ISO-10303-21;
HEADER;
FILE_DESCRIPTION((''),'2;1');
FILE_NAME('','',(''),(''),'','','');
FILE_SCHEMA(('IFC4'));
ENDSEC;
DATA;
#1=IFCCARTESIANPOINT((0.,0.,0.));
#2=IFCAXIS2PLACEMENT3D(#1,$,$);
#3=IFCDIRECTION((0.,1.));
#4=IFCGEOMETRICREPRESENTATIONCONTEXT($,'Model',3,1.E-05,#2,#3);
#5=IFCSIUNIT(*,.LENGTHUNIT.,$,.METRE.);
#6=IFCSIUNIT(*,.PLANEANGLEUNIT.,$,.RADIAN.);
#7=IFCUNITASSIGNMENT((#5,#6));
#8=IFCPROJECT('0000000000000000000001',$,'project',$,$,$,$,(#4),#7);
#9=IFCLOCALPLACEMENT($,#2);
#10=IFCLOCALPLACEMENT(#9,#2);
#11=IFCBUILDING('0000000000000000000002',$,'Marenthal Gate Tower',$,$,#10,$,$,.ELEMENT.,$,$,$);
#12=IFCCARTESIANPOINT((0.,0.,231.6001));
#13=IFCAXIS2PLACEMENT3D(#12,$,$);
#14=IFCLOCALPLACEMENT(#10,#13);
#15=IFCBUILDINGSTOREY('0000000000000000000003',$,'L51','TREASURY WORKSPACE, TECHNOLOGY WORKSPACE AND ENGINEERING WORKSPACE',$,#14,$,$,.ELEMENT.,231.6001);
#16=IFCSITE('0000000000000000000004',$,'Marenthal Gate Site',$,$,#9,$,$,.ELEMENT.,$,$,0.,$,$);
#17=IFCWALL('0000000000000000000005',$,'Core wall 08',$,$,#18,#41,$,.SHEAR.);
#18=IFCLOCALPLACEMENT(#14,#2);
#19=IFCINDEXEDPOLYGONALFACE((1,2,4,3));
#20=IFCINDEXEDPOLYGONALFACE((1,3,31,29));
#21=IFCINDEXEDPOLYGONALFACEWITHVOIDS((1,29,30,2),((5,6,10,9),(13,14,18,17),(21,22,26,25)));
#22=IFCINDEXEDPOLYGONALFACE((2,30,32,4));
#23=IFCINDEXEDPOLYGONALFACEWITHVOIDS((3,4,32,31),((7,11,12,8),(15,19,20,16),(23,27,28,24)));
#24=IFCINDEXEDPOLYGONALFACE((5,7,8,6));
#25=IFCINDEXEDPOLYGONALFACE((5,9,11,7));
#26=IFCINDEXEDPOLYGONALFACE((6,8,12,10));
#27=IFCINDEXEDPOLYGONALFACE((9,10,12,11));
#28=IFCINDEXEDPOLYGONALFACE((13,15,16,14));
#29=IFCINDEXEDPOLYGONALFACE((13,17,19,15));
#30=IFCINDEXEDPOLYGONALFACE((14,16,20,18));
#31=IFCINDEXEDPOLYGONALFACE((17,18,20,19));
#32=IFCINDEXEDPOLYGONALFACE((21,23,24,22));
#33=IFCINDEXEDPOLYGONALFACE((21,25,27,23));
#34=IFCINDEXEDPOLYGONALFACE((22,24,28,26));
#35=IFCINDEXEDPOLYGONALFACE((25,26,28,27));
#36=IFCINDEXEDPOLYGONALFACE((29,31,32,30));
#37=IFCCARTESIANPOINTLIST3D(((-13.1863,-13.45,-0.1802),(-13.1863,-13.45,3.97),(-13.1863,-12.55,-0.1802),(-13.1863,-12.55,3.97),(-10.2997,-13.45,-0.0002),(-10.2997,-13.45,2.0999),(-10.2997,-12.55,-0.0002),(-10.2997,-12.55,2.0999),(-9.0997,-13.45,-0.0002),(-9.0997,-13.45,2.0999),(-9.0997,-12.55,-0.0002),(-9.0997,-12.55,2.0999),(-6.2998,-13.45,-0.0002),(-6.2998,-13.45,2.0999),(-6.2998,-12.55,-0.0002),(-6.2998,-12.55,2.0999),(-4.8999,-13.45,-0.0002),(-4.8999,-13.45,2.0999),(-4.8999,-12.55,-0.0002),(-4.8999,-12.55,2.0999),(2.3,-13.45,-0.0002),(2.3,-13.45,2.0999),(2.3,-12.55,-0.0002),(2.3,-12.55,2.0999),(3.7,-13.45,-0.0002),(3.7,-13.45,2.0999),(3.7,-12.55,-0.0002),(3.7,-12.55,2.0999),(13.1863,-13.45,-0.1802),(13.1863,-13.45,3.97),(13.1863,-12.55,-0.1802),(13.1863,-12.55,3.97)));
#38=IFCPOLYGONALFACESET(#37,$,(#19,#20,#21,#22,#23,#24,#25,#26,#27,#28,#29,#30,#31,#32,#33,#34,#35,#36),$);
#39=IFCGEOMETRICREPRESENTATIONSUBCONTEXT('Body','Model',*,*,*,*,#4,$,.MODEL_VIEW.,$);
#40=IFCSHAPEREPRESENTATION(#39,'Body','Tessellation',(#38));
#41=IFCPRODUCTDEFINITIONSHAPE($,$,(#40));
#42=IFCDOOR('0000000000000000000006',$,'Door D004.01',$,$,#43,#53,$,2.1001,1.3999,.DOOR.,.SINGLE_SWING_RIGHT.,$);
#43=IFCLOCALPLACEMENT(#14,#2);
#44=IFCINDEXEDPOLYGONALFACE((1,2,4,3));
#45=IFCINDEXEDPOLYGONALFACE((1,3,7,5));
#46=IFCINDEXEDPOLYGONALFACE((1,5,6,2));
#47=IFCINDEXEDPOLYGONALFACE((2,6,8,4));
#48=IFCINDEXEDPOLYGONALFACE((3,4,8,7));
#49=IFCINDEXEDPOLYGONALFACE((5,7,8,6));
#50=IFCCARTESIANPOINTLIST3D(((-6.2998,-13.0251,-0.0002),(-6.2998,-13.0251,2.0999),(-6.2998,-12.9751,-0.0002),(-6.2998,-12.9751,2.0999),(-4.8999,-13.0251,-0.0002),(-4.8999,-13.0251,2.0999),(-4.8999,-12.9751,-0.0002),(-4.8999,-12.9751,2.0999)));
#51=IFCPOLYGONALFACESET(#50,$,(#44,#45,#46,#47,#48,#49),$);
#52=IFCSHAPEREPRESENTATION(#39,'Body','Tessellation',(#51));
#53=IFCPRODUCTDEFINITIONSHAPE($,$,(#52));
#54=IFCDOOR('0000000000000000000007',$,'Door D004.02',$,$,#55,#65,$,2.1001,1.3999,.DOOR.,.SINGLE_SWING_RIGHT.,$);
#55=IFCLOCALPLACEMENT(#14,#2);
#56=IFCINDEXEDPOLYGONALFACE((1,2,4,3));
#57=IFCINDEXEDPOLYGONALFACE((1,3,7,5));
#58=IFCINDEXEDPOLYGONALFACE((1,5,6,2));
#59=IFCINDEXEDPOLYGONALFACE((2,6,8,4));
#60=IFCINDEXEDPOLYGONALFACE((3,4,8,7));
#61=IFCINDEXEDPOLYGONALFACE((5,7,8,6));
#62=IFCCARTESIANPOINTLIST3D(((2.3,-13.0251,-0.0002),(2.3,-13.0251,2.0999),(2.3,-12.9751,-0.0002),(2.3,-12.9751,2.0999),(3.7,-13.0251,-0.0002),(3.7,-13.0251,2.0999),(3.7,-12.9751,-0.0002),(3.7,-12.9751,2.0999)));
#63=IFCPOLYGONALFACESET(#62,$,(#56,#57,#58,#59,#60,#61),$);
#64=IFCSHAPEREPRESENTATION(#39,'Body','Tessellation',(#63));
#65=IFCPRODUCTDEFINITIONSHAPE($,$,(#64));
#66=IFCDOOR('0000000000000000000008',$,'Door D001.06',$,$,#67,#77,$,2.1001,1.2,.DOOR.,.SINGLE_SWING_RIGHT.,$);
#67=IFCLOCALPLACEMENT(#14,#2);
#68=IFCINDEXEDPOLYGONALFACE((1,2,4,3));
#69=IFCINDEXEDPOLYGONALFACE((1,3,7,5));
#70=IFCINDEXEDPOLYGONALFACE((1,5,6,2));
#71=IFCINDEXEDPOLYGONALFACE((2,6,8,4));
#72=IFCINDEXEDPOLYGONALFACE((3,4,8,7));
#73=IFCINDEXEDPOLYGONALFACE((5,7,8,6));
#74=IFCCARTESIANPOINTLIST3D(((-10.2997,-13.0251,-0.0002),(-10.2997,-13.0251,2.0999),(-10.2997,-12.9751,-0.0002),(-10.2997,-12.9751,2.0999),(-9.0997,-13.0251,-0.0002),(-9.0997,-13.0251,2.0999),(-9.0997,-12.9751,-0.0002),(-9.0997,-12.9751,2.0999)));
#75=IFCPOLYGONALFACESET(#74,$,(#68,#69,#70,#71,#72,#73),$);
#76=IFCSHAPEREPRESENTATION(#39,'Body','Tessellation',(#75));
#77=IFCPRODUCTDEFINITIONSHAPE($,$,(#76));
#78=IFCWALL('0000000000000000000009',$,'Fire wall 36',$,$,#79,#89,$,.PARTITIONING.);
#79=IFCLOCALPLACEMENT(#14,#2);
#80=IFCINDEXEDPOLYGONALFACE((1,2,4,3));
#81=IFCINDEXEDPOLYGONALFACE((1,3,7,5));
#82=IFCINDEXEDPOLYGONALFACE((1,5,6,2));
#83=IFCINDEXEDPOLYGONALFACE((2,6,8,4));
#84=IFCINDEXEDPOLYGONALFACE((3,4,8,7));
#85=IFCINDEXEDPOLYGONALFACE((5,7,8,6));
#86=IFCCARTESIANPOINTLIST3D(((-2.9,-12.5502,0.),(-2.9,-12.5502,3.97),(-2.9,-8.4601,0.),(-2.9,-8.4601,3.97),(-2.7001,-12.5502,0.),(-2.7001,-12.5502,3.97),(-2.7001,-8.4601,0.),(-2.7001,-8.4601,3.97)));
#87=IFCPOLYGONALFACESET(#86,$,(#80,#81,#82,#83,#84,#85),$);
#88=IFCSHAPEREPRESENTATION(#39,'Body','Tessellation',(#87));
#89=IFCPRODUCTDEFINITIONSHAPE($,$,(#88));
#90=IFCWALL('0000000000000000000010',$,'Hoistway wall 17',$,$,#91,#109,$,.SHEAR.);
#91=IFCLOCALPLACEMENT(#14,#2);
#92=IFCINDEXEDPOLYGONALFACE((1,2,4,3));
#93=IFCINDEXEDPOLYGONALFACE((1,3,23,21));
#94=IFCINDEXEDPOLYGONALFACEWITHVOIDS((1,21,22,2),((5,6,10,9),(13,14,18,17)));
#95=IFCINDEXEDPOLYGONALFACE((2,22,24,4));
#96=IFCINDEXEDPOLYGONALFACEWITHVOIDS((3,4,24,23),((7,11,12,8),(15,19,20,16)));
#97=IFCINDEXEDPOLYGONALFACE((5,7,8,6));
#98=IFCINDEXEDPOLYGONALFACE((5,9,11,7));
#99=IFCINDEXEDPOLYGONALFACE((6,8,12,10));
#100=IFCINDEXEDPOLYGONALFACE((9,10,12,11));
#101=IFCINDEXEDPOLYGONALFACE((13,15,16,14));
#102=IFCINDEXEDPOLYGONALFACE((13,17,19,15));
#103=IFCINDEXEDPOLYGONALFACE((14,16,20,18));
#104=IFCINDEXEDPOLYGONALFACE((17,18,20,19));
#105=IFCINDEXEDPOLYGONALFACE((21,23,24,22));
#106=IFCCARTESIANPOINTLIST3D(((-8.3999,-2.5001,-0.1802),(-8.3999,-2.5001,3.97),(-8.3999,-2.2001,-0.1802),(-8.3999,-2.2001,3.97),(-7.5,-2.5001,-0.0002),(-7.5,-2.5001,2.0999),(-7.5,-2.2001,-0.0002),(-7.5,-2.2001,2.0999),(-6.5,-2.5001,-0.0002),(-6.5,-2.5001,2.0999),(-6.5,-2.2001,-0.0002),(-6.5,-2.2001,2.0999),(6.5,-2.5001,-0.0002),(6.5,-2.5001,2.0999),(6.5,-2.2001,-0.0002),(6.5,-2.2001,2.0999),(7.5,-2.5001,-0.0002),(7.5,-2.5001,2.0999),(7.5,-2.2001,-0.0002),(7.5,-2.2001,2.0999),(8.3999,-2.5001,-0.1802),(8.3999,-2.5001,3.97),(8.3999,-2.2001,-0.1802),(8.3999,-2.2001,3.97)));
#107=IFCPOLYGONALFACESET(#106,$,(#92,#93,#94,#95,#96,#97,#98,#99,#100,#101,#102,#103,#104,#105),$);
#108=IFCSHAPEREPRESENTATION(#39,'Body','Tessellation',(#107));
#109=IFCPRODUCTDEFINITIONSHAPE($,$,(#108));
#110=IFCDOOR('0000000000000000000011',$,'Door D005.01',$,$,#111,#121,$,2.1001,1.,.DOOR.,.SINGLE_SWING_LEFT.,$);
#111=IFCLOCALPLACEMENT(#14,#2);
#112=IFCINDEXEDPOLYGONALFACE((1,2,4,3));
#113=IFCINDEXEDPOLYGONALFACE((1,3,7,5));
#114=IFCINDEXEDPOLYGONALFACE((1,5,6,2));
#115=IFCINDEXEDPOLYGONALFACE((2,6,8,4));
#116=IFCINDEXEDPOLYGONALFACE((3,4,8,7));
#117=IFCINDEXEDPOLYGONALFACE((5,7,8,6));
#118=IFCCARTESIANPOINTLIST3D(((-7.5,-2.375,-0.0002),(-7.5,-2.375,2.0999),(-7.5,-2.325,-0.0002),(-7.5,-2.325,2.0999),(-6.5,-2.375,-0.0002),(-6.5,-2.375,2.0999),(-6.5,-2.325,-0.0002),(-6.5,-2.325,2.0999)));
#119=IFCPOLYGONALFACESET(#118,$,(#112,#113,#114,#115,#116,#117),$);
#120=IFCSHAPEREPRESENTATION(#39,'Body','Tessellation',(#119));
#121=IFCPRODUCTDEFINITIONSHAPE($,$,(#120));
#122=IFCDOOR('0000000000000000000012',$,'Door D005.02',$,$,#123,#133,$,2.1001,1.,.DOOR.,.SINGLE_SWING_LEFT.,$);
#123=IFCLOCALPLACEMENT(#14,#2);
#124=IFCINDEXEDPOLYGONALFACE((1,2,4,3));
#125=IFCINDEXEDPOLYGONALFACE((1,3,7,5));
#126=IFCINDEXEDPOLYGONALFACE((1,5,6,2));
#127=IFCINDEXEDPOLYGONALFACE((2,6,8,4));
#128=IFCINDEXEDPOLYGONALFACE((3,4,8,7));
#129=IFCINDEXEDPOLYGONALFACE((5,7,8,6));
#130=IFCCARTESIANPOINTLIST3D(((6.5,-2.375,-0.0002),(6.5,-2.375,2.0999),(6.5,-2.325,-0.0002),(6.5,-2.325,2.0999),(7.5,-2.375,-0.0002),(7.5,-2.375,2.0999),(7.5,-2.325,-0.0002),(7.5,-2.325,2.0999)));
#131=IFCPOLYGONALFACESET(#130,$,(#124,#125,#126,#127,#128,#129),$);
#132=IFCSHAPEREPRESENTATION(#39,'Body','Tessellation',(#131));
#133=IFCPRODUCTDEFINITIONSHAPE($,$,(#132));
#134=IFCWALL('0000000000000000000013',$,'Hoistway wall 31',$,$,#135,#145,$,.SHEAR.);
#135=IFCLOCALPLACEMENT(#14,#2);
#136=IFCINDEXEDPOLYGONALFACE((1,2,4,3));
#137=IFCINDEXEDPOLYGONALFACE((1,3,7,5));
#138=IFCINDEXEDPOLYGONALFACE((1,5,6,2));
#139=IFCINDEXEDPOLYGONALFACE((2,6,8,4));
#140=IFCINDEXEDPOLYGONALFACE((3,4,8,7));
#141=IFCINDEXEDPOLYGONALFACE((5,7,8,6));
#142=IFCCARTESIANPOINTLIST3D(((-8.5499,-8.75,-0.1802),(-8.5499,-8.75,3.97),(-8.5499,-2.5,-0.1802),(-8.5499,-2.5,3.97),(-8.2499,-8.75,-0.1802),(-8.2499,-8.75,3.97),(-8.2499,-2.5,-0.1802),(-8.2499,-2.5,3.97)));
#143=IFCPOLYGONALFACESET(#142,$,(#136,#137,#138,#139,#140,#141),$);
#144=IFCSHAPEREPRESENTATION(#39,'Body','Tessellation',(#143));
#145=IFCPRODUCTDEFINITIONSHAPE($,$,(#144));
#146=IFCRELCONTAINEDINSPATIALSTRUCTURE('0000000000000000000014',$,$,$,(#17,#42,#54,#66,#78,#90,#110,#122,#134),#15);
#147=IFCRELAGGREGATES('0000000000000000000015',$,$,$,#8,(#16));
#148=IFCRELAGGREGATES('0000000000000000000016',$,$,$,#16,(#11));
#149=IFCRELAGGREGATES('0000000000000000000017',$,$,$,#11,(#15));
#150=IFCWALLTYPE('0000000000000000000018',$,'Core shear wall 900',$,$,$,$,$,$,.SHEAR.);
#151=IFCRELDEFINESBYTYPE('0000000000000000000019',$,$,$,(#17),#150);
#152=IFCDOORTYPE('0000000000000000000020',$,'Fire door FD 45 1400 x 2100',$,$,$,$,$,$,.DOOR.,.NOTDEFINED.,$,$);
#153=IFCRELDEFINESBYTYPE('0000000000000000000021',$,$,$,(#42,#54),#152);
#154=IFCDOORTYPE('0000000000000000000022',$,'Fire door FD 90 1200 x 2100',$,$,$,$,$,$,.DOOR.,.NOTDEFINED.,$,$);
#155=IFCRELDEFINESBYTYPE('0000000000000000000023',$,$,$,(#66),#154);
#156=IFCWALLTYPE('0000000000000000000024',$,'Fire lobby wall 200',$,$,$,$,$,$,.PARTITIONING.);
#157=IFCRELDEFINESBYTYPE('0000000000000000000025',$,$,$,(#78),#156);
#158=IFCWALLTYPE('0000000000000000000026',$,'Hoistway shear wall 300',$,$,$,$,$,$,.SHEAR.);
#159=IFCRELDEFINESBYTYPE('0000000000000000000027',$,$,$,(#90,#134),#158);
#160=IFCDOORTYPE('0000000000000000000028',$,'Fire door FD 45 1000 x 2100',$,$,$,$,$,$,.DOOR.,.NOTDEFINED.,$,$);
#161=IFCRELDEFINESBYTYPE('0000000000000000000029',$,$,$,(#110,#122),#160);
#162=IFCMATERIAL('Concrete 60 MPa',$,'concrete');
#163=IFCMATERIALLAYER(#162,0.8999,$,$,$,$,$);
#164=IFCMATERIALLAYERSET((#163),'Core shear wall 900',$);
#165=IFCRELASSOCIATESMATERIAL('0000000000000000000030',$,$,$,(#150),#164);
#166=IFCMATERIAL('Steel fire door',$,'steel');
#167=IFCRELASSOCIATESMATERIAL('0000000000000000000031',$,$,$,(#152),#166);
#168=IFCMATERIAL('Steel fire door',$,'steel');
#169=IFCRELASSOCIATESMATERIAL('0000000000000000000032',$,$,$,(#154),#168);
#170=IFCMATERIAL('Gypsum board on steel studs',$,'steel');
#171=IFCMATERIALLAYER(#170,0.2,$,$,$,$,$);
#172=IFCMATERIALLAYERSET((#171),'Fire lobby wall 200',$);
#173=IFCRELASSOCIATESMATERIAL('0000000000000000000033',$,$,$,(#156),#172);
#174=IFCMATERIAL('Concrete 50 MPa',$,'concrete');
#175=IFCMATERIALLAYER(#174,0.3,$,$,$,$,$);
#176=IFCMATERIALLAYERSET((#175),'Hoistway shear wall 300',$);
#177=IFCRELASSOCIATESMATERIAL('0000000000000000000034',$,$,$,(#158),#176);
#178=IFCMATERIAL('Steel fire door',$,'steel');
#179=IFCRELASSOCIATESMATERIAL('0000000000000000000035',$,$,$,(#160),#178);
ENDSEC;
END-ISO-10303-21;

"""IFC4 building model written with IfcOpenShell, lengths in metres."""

from ifc_helpers import new_model, si_unit, direction, frame, frame_2d, origin, place, context, subcontext, project, spatial, rectangle, extrude, material, layer, layer_set, type_object, element, fill, save


model = new_model("IFC4")

# Units and contexts
model_context = context("Model", 3, precision=1e-05, world=origin(), true_north=direction((0.0, 1.0)))
body_context = subcontext(model_context, "Body", "Model", "MODEL_VIEW")
ifc_project = project(units=[si_unit("LENGTHUNIT", "METRE"), si_unit("PLANEANGLEUNIT", "RADIAN")], contexts=[model_context])

# Site, building, storey
site_placement = place(None, origin())
site = spatial("IfcSite", under=ifc_project, at=site_placement, Name="Marenthal Gate Site", CompositionType="ELEMENT", RefElevation=0.0)
building_placement = place(site_placement, origin())
building = spatial("IfcBuilding", under=site, at=building_placement, Name="Marenthal Gate Tower", CompositionType="ELEMENT")
storey_placement = place(building_placement, frame((0.0, 0.0, 231.6001)))
storey = spatial("IfcBuildingStorey", under=building, at=storey_placement, Name="L51", Description="TREASURY WORKSPACE, TECHNOLOGY WORKSPACE AND ENGINEERING WORKSPACE", CompositionType="ELEMENT", Elevation=231.6001)

# Wall, openings, doors
ifc_material_1 = material(Name="Concrete 60 MPa", Category="concrete")
ifc_layer_1 = layer(ifc_material_1, 0.8999)
ifc_layer_set_1 = layer_set([ifc_layer_1], Name="Core shear wall 900")
wall_type_1 = type_object("IfcWallType", Name="Core shear wall 900", PredefinedType="SHEAR", material=ifc_layer_set_1)
wall_1_placement = place(storey_placement, frame((-13.1863, -13.0, -0.1802), z_axis=(0.0, 0.0, 1.0), x_axis=(1.0, 0.0, 0.0)))
wall_1 = element("IfcWall", 1, at=wall_1_placement, inside=storey, type_object=wall_type_1, Name="Core wall 08", PredefinedType="SHEAR", context=body_context, shape_type="SweptSolid", body=[
    extrude(rectangle(XDim=26.3726, YDim=0.8999, at=frame_2d((13.1863, 0.0))), origin(), (0.0, 0.0, 1.0), 4.1501),
])
opening_1_placement = place(wall_1_placement, frame((2.8865, 0.0, 0.1799)))
opening_1 = element("IfcOpeningElement", 2, at=opening_1_placement, cuts=wall_1, PredefinedType="OPENING", context=body_context, shape_type="SweptSolid", body=[
    extrude(rectangle(XDim=1.2, YDim=2.1001, at=frame_2d((0.6001, 1.05))), frame((0.0, 0.46, 0.0), z_axis=(0.0, -1.0, 0.0), x_axis=(1.0, 0.0, 0.0)), (0.0, 0.0, 1.0), 0.9199),
])
opening_2_placement = place(wall_1_placement, frame((6.8865, 0.0, 0.1799)))
opening_2 = element("IfcOpeningElement", 3, at=opening_2_placement, cuts=wall_1, PredefinedType="OPENING", context=body_context, shape_type="SweptSolid", body=[
    extrude(rectangle(XDim=1.3999, YDim=2.1001, at=frame_2d((0.7, 1.05))), frame((0.0, 0.46, 0.0), z_axis=(0.0, -1.0, 0.0), x_axis=(1.0, 0.0, 0.0)), (0.0, 0.0, 1.0), 0.9199),
])
opening_3_placement = place(wall_1_placement, frame((15.4863, 0.0, 0.1799)))
opening_3 = element("IfcOpeningElement", 4, at=opening_3_placement, cuts=wall_1, PredefinedType="OPENING", context=body_context, shape_type="SweptSolid", body=[
    extrude(rectangle(XDim=1.3999, YDim=2.1001, at=frame_2d((0.7, 1.05))), frame((0.0, 0.46, 0.0), z_axis=(0.0, -1.0, 0.0), x_axis=(1.0, 0.0, 0.0)), (0.0, 0.0, 1.0), 0.9199),
])
ifc_material_2 = material(Name="Steel fire door", Category="steel")
door_type_1 = type_object("IfcDoorType", Name="Fire door FD 45 1400 x 2100", OperationType="NOTDEFINED", PredefinedType="DOOR", material=ifc_material_2)
door_1_placement = place(opening_2_placement, origin())
door_1 = element("IfcDoor", 5, at=door_1_placement, inside=storey, type_object=door_type_1, Name="Door D004.01", OperationType="SINGLE_SWING_RIGHT", OverallHeight=2.1001, OverallWidth=1.3999, PredefinedType="DOOR", context=body_context, shape_type="SweptSolid", body=[
    extrude(rectangle(XDim=1.3999, YDim=2.1001, at=frame_2d((0.7, 1.05))), frame((0.0, 0.0249, 0.0), z_axis=(0.0, -1.0, 0.0), x_axis=(1.0, 0.0, 0.0)), (0.0, 0.0, 1.0), 0.05),
])
fill(opening_2, door_1)
door_2_placement = place(opening_3_placement, origin())
door_2 = element("IfcDoor", 6, at=door_2_placement, inside=storey, type_object=door_type_1, Name="Door D004.02", OperationType="SINGLE_SWING_RIGHT", OverallHeight=2.1001, OverallWidth=1.3999, PredefinedType="DOOR", context=body_context, shape_type="SweptSolid", body=[
    extrude(rectangle(XDim=1.3999, YDim=2.1001, at=frame_2d((0.7, 1.05))), frame((0.0, 0.0249, 0.0), z_axis=(0.0, -1.0, 0.0), x_axis=(1.0, 0.0, 0.0)), (0.0, 0.0, 1.0), 0.05),
])
fill(opening_3, door_2)
ifc_material_3 = material(Name="Steel fire door", Category="steel")
door_type_2 = type_object("IfcDoorType", Name="Fire door FD 90 1200 x 2100", OperationType="NOTDEFINED", PredefinedType="DOOR", material=ifc_material_3)
door_3_placement = place(opening_1_placement, origin())
door_3 = element("IfcDoor", 7, at=door_3_placement, inside=storey, type_object=door_type_2, Name="Door D001.06", OperationType="SINGLE_SWING_RIGHT", OverallHeight=2.1001, OverallWidth=1.2, PredefinedType="DOOR", context=body_context, shape_type="SweptSolid", body=[
    extrude(rectangle(XDim=1.2, YDim=2.1001, at=frame_2d((0.6001, 1.05))), frame((0.0, 0.0249, 0.0), z_axis=(0.0, -1.0, 0.0), x_axis=(1.0, 0.0, 0.0)), (0.0, 0.0, 1.0), 0.05),
])
fill(opening_1, door_3)

# Wall
ifc_material_4 = material(Name="Gypsum board on steel studs", Category="steel")
ifc_layer_2 = layer(ifc_material_4, 0.2)
ifc_layer_set_2 = layer_set([ifc_layer_2], Name="Fire lobby wall 200")
wall_type_2 = type_object("IfcWallType", Name="Fire lobby wall 200", PredefinedType="PARTITIONING", material=ifc_layer_set_2)
wall_2_placement = place(storey_placement, frame((-2.8, -12.55, 0.0), z_axis=(0.0, 0.0, 1.0), x_axis=(0.0, 1.0, 0.0)))
element("IfcWall", 8, at=wall_2_placement, inside=storey, type_object=wall_type_2, Name="Fire wall 36", PredefinedType="PARTITIONING", context=body_context, shape_type="SweptSolid", body=[
    extrude(rectangle(XDim=4.0901, YDim=0.2, at=frame_2d((2.0449, 0.0))), origin(), (0.0, 0.0, 1.0), 3.97),
])

# Wall, openings, doors
ifc_material_5 = material(Name="Concrete 50 MPa", Category="concrete")
ifc_layer_3 = layer(ifc_material_5, 0.3)
ifc_layer_set_3 = layer_set([ifc_layer_3], Name="Hoistway shear wall 300")
wall_type_3 = type_object("IfcWallType", Name="Hoistway shear wall 300", PredefinedType="SHEAR", material=ifc_layer_set_3)
wall_3_placement = place(storey_placement, frame((-8.3999, -2.3501, -0.1802), z_axis=(0.0, 0.0, 1.0), x_axis=(1.0, 0.0, 0.0)))
wall_3 = element("IfcWall", 9, at=wall_3_placement, inside=storey, type_object=wall_type_3, Name="Hoistway wall 17", PredefinedType="SHEAR", context=body_context, shape_type="SweptSolid", body=[
    extrude(rectangle(XDim=16.7998, YDim=0.3, at=frame_2d((8.3999, 0.0))), origin(), (0.0, 0.0, 1.0), 4.1501),
])
opening_4_placement = place(wall_3_placement, frame((0.8999, 0.0, 0.1799)))
opening_4 = element("IfcOpeningElement", 10, at=opening_4_placement, cuts=wall_3, PredefinedType="OPENING", context=body_context, shape_type="SweptSolid", body=[
    extrude(rectangle(XDim=1.0, YDim=2.1001, at=frame_2d((0.5, 1.05))), frame((0.0, 0.1602, 0.0), z_axis=(0.0, -1.0, 0.0), x_axis=(1.0, 0.0, 0.0)), (0.0, 0.0, 1.0), 0.3201),
])
opening_5_placement = place(wall_3_placement, frame((14.8999, 0.0, 0.1799)))
opening_5 = element("IfcOpeningElement", 11, at=opening_5_placement, cuts=wall_3, PredefinedType="OPENING", context=body_context, shape_type="SweptSolid", body=[
    extrude(rectangle(XDim=1.0, YDim=2.1001, at=frame_2d((0.5, 1.05))), frame((0.0, 0.1602, 0.0), z_axis=(0.0, -1.0, 0.0), x_axis=(1.0, 0.0, 0.0)), (0.0, 0.0, 1.0), 0.3201),
])
ifc_material_6 = material(Name="Steel fire door", Category="steel")
door_type_3 = type_object("IfcDoorType", Name="Fire door FD 45 1000 x 2100", OperationType="NOTDEFINED", PredefinedType="DOOR", material=ifc_material_6)
door_4_placement = place(opening_4_placement, frame((1.0, 0.0, 0.0), z_axis=(0.0, 0.0, 1.0), x_axis=(-1.0, 0.0, 0.0)))
door_4 = element("IfcDoor", 12, at=door_4_placement, inside=storey, type_object=door_type_3, Name="Door D005.01", OperationType="SINGLE_SWING_LEFT", OverallHeight=2.1001, OverallWidth=1.0, PredefinedType="DOOR", context=body_context, shape_type="SweptSolid", body=[
    extrude(rectangle(XDim=1.0, YDim=2.1001, at=frame_2d((0.5, 1.05))), frame((0.0, 0.0249, 0.0), z_axis=(0.0, -1.0, 0.0), x_axis=(1.0, 0.0, 0.0)), (0.0, 0.0, 1.0), 0.05),
])
fill(opening_4, door_4)
door_5_placement = place(opening_5_placement, frame((1.0, 0.0, 0.0), z_axis=(0.0, 0.0, 1.0), x_axis=(-1.0, 0.0, 0.0)))
door_5 = element("IfcDoor", 13, at=door_5_placement, inside=storey, type_object=door_type_3, Name="Door D005.02", OperationType="SINGLE_SWING_LEFT", OverallHeight=2.1001, OverallWidth=1.0, PredefinedType="DOOR", context=body_context, shape_type="SweptSolid", body=[
    extrude(rectangle(XDim=1.0, YDim=2.1001, at=frame_2d((0.5, 1.05))), frame((0.0, 0.0249, 0.0), z_axis=(0.0, -1.0, 0.0), x_axis=(1.0, 0.0, 0.0)), (0.0, 0.0, 1.0), 0.05),
])
fill(opening_5, door_5)

# Wall
wall_4_placement = place(storey_placement, frame((-8.3999, -8.75, -0.1802), z_axis=(0.0, 0.0, 1.0), x_axis=(0.0, 1.0, 0.0)))
element("IfcWall", 14, at=wall_4_placement, inside=storey, type_object=wall_type_3, Name="Hoistway wall 31", PredefinedType="SHEAR", context=body_context, shape_type="SweptSolid", body=[
    extrude(rectangle(XDim=6.25, YDim=0.3, at=frame_2d((3.125, 0.0))), origin(), (0.0, 0.0, 1.0), 4.1501),
])

save(model, "model.ifc")
